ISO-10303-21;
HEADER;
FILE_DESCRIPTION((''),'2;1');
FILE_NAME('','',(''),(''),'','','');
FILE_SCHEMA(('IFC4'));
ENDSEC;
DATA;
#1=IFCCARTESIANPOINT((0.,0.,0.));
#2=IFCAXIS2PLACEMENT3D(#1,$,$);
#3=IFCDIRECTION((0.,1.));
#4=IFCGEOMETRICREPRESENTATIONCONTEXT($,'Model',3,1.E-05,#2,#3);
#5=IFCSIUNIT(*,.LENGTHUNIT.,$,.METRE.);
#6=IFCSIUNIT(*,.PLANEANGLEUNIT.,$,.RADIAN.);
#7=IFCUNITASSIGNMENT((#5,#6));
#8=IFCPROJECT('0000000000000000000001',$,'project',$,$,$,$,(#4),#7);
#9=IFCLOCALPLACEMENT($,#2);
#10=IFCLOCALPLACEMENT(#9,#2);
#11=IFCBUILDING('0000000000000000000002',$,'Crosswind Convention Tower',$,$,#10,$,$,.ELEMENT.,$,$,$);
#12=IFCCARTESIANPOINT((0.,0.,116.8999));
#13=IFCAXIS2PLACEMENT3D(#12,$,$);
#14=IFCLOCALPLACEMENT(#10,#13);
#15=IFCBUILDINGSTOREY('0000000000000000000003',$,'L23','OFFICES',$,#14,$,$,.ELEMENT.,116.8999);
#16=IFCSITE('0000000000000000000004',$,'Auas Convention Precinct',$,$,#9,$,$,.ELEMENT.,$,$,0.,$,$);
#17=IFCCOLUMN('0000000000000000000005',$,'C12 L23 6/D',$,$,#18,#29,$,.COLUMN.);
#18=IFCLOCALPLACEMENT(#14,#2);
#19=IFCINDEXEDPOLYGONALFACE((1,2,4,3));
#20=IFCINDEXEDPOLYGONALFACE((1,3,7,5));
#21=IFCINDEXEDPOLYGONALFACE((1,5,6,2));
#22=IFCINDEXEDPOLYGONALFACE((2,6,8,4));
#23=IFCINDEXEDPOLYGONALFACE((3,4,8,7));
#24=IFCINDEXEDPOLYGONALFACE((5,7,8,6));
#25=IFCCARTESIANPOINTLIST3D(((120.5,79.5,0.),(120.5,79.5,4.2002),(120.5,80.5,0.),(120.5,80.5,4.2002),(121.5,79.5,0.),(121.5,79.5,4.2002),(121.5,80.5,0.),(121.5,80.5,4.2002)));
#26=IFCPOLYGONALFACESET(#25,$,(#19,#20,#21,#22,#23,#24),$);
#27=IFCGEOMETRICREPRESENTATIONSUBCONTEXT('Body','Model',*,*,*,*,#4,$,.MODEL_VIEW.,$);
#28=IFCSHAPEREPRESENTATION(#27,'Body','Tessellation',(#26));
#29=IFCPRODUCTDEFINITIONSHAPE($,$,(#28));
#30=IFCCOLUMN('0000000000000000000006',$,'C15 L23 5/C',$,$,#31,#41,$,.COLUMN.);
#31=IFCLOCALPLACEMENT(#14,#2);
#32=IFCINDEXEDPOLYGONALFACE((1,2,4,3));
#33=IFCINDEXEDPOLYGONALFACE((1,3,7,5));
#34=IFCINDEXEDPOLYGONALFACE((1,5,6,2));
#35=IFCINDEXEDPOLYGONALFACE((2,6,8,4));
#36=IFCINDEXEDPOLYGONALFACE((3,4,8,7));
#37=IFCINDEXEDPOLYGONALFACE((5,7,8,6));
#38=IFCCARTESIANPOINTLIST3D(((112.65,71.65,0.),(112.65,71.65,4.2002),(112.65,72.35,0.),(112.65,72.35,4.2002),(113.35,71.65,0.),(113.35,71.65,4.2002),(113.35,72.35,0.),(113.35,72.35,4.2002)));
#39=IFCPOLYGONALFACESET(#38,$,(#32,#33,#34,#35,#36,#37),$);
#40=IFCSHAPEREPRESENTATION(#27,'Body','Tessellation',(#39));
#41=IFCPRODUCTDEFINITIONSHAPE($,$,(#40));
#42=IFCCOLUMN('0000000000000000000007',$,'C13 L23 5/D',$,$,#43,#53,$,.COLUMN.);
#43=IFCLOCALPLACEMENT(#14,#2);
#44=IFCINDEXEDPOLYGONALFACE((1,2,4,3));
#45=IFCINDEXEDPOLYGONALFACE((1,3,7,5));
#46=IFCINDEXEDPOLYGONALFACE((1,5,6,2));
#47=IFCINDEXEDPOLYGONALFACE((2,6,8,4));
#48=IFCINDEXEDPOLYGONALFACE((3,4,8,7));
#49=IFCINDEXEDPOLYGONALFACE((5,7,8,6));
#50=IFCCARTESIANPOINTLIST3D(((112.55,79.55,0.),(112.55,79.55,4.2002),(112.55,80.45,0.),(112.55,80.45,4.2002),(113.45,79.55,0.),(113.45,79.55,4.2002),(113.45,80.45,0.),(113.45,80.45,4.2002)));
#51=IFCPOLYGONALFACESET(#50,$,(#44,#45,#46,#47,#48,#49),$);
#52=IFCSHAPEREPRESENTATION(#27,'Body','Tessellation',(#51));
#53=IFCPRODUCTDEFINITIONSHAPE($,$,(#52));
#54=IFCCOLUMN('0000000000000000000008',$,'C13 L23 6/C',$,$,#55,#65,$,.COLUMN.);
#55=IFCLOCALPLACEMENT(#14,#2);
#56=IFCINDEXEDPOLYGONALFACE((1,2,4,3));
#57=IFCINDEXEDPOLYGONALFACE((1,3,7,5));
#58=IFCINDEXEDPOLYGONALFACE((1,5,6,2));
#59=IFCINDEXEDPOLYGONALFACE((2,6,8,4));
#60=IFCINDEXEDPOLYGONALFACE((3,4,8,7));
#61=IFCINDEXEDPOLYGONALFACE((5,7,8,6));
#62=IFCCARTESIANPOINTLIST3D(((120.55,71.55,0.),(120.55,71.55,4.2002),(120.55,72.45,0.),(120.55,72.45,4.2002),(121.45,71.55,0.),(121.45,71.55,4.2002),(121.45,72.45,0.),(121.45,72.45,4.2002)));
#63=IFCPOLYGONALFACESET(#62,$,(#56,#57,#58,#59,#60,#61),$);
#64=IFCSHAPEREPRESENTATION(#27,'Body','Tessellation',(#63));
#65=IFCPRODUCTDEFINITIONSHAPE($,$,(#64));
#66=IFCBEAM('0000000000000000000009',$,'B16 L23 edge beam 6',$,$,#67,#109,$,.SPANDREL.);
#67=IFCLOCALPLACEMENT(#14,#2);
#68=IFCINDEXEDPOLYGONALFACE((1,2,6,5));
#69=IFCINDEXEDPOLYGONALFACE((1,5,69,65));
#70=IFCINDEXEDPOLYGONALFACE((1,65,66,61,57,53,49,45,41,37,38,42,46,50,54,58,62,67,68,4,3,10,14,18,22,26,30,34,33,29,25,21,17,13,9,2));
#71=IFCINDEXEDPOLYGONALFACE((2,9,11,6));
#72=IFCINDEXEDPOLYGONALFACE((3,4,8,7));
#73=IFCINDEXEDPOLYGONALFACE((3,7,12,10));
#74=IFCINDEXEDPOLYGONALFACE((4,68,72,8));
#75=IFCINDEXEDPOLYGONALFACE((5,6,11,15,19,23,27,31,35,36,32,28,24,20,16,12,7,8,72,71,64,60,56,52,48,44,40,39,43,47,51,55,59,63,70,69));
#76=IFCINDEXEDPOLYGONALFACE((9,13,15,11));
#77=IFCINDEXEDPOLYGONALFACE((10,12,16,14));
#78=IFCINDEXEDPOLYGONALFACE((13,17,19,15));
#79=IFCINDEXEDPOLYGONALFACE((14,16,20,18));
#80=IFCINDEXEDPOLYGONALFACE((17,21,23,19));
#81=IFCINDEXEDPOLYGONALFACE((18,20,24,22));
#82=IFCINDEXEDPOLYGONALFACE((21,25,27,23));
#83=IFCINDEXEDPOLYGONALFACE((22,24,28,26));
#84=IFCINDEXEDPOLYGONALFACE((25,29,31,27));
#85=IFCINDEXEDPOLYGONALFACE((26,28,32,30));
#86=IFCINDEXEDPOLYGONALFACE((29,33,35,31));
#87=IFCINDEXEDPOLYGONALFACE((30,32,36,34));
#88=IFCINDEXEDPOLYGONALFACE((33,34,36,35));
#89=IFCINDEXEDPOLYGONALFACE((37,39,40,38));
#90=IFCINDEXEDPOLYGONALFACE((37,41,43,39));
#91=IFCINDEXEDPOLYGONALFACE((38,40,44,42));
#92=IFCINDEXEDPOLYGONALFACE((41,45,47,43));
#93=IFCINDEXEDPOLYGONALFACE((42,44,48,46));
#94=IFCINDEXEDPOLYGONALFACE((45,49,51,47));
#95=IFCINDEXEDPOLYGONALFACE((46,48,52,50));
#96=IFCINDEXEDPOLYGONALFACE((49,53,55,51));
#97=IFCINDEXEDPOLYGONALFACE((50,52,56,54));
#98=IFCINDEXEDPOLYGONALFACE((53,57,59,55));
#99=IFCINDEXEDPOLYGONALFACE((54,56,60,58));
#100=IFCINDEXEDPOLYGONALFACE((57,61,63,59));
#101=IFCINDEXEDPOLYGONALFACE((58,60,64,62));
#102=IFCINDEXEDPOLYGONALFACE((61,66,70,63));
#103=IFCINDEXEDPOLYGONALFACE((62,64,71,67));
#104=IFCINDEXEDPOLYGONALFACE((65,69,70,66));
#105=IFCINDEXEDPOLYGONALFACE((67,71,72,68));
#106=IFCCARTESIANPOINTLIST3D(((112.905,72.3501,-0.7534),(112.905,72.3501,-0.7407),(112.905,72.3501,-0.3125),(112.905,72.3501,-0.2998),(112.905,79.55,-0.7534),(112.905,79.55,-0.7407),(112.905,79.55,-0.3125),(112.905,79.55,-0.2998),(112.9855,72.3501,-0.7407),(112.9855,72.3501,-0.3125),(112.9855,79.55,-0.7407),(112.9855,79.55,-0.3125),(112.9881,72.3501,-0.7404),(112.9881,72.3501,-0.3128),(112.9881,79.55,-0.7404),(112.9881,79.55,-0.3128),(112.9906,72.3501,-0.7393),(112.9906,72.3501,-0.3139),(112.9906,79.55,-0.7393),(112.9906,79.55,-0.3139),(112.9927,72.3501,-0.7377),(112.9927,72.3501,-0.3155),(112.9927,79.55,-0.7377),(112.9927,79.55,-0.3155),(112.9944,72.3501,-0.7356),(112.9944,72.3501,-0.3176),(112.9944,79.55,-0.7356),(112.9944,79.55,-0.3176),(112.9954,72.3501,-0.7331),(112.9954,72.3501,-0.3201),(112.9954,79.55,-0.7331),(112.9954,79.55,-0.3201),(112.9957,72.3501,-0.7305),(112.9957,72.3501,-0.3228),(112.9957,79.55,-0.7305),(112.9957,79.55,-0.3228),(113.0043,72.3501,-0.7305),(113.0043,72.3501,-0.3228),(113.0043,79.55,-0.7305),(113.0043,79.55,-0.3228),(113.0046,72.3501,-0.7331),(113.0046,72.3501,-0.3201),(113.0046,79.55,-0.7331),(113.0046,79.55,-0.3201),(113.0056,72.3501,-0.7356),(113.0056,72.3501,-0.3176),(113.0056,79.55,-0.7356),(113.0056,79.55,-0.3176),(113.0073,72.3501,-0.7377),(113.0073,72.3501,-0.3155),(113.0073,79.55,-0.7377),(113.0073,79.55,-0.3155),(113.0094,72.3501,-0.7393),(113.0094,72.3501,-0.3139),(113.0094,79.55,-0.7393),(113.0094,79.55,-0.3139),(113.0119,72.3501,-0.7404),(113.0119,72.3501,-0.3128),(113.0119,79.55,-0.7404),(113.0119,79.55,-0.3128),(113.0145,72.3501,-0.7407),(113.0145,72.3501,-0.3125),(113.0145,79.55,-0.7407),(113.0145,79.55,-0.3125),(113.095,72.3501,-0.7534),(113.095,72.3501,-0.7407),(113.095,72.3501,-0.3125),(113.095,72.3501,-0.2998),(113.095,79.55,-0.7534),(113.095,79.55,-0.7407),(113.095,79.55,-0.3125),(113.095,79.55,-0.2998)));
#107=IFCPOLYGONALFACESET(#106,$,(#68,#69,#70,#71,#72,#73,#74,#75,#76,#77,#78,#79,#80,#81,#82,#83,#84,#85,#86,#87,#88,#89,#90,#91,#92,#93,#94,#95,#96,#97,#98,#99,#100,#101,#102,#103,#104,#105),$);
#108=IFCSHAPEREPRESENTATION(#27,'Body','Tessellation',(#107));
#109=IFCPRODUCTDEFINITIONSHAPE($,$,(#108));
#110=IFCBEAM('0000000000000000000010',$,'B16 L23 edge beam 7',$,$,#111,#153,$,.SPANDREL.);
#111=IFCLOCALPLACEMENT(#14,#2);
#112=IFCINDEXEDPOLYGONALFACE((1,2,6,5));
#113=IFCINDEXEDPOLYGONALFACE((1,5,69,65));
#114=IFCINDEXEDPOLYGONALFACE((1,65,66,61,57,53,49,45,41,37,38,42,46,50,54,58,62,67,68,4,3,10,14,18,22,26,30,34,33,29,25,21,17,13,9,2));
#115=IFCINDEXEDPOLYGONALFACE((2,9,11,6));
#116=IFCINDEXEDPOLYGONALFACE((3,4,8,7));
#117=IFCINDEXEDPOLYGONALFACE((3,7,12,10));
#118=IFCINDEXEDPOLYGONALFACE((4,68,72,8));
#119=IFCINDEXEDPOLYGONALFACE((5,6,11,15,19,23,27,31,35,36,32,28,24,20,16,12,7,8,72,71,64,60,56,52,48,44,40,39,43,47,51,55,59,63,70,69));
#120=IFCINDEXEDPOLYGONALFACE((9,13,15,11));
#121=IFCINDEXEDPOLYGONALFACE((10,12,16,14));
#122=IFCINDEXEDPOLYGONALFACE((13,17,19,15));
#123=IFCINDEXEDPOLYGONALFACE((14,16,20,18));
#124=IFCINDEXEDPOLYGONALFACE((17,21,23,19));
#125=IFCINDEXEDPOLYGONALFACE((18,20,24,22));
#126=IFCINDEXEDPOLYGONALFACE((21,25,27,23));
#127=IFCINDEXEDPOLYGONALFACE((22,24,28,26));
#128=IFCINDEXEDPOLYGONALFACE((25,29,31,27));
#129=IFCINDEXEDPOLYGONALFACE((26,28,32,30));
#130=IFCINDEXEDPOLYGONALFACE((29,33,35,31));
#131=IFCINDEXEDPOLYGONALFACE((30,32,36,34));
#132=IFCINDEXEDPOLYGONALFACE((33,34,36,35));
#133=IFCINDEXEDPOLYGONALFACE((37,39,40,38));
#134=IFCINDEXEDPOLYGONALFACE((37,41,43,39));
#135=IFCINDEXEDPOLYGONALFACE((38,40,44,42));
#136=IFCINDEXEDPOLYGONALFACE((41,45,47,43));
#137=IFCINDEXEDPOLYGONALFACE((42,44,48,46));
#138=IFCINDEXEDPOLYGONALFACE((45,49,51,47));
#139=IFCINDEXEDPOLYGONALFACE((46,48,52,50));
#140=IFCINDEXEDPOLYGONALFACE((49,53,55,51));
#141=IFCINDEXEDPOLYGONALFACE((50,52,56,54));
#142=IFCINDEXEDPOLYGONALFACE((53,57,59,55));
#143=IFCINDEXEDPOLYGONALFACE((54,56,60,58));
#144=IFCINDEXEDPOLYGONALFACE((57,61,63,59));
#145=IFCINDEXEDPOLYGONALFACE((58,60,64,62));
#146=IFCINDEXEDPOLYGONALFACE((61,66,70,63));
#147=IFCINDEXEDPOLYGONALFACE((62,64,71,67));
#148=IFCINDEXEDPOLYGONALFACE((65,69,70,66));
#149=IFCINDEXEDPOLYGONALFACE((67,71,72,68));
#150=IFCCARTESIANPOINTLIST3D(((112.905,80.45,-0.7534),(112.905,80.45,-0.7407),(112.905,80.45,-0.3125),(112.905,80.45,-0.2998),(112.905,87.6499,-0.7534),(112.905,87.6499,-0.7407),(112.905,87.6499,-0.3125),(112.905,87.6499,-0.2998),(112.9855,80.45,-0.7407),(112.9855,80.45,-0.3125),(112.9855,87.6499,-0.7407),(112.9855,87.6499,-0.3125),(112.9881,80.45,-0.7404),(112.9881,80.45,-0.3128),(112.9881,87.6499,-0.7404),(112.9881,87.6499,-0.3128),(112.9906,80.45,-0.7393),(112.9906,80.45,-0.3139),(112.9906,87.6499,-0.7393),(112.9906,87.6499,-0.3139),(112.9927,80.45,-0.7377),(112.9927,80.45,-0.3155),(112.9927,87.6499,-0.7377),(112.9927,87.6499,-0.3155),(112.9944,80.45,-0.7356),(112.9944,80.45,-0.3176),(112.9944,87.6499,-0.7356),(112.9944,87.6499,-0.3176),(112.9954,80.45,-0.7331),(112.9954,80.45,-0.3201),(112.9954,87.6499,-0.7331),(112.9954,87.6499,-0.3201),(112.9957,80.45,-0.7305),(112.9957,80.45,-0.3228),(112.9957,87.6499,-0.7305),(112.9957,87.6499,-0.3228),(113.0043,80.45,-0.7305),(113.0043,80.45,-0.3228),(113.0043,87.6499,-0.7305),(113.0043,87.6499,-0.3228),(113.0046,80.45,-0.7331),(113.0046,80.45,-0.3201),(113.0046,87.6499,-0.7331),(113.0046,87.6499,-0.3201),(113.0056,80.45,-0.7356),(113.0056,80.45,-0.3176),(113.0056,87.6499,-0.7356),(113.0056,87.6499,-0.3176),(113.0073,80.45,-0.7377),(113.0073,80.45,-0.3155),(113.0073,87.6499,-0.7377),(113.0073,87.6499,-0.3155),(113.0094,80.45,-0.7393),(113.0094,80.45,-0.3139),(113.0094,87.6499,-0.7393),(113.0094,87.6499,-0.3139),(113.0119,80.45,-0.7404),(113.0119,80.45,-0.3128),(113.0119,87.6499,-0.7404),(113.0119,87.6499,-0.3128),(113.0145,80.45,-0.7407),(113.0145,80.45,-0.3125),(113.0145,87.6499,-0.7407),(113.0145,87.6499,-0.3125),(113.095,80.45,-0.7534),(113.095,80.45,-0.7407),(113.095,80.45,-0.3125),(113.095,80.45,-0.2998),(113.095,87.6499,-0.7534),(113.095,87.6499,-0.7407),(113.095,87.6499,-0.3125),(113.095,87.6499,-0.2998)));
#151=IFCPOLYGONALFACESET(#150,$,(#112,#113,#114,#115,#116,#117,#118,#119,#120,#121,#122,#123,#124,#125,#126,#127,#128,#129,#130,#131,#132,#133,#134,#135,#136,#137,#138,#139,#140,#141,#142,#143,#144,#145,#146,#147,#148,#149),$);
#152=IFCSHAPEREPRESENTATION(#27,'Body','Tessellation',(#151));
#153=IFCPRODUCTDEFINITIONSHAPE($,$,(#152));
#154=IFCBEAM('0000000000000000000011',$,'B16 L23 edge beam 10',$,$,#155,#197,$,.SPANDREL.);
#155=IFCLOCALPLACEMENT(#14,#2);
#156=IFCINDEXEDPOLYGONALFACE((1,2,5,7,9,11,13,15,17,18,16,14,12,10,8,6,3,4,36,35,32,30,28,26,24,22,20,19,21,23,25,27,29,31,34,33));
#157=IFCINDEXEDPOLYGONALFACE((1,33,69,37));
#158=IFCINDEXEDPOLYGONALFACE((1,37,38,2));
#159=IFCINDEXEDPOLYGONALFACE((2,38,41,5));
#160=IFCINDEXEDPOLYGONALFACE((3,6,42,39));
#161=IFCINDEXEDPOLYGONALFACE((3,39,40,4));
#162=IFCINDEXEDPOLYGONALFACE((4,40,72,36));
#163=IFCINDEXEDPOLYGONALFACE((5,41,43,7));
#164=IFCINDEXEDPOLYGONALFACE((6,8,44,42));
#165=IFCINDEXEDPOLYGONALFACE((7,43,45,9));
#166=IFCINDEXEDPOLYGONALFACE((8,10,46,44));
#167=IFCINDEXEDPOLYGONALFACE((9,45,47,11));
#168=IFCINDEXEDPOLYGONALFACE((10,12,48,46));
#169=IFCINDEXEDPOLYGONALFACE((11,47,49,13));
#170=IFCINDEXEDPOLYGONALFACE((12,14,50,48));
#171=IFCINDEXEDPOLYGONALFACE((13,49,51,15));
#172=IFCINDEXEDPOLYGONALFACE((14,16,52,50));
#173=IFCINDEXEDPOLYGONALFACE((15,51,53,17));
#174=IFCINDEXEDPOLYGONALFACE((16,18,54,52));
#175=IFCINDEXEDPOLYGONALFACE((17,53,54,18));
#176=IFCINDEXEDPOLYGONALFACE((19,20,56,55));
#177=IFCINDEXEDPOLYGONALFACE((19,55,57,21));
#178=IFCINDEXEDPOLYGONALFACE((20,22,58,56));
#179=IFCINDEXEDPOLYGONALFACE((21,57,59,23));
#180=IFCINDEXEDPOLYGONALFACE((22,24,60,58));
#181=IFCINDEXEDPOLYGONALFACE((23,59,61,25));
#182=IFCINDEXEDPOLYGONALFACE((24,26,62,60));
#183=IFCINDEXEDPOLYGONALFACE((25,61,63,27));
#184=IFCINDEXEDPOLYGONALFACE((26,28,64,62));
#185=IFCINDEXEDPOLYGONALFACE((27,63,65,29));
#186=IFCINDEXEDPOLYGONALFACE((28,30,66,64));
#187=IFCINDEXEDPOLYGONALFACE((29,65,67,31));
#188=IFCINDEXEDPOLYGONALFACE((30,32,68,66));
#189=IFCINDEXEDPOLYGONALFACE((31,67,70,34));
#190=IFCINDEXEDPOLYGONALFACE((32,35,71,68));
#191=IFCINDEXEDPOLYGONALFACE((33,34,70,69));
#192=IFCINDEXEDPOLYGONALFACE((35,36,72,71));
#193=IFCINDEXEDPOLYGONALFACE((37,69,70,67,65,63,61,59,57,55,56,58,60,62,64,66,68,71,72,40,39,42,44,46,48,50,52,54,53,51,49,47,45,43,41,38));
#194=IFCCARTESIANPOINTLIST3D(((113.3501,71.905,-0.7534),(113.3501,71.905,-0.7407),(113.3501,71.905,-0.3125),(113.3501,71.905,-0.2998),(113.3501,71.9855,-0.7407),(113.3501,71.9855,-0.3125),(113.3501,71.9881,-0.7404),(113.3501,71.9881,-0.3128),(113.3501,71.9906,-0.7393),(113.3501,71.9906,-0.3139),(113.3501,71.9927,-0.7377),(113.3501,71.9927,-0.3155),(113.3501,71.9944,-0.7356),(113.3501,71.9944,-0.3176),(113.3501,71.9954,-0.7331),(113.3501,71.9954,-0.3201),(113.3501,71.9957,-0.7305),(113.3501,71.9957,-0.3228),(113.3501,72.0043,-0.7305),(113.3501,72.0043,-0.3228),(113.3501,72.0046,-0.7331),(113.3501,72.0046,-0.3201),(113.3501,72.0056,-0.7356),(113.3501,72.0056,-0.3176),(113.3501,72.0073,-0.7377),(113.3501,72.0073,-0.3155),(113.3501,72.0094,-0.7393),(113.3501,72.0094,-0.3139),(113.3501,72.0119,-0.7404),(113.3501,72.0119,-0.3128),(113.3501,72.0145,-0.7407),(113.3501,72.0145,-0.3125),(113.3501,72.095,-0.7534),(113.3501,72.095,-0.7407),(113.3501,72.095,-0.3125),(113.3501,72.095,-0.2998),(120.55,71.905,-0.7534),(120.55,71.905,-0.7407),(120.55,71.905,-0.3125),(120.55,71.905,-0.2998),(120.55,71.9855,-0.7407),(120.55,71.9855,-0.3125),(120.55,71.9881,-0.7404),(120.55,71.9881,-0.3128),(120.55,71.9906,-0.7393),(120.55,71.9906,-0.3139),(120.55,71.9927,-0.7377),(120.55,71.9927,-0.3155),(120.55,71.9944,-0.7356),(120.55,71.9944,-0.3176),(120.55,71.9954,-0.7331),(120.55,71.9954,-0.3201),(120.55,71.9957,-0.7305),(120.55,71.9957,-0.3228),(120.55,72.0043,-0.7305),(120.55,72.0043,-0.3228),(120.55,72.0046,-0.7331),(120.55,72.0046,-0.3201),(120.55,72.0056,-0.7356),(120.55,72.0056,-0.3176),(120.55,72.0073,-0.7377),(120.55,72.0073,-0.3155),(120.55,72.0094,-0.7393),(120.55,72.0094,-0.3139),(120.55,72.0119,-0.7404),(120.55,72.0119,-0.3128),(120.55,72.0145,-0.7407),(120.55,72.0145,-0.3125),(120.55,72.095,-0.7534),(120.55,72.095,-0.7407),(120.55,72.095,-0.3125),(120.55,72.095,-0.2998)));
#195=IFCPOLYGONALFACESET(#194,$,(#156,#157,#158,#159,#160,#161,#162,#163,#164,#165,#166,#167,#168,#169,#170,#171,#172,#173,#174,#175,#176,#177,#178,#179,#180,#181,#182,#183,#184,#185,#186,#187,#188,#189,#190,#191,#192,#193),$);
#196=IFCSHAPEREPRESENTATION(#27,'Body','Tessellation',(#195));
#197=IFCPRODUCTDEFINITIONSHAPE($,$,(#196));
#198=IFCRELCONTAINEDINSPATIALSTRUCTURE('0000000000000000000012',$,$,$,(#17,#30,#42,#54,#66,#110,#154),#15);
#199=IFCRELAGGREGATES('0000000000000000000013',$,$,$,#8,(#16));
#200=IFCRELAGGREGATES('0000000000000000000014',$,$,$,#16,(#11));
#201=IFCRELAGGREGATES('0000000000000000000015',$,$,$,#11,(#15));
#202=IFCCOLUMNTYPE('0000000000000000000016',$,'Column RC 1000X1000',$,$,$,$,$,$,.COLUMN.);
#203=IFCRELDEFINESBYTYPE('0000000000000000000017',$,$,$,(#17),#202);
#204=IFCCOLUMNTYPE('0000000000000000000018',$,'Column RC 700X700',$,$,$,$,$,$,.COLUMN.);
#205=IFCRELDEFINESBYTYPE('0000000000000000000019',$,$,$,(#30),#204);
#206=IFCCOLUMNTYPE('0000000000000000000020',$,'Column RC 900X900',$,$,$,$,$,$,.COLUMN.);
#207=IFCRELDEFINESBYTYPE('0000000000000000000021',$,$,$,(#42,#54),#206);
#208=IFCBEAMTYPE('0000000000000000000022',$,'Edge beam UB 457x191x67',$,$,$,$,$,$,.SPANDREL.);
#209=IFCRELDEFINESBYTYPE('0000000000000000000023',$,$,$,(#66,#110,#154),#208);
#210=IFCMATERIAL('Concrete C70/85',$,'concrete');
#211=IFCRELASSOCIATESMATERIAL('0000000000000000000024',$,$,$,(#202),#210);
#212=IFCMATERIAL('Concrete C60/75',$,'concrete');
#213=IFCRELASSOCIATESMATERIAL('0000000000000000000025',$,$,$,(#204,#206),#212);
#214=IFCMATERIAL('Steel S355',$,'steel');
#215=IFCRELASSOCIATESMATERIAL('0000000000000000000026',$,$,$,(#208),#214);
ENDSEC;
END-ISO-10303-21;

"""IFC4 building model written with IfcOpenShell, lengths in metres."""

from ifc_helpers import new_model, si_unit, direction, frame, origin, origin_2d, place, context, subcontext, project, spatial, rectangle, i_section, extrude, material, material_profile, profile_set, type_object, element, save


model = new_model("IFC4")

# Units and contexts
model_context = context("Model", 3, precision=1e-05, world=origin(), true_north=direction((0.0, 1.0)))
body_context = subcontext(model_context, "Body", "Model", "MODEL_VIEW")
ifc_project = project(units=[si_unit("LENGTHUNIT", "METRE"), si_unit("PLANEANGLEUNIT", "RADIAN")], contexts=[model_context])

# Site, building, storey
site_placement = place(None, origin())
site = spatial("IfcSite", under=ifc_project, at=site_placement, Name="Auas Convention Precinct", CompositionType="ELEMENT", RefElevation=0.0)
building_placement = place(site_placement, origin())
building = spatial("IfcBuilding", under=site, at=building_placement, Name="Crosswind Convention Tower", CompositionType="ELEMENT")
storey_placement = place(building_placement, frame((0.0, 0.0, 116.8999)))
storey = spatial("IfcBuildingStorey", under=building, at=storey_placement, Name="L23", Description="OFFICES", CompositionType="ELEMENT", Elevation=116.8999)

# Columns
ifc_material_1 = material(Name="Concrete C70/85", Category="concrete")
ifc_material_profile_1 = material_profile(ifc_material_1, rectangle(XDim=1.0, YDim=1.0, at=origin_2d()), Name="RC 1000X1000")
ifc_profile_set_1 = profile_set([ifc_material_profile_1], Name="Concrete C70/85")
column_type_1 = type_object("IfcColumnType", Name="Column RC 1000X1000", PredefinedType="COLUMN", material=ifc_profile_set_1)
column_1_placement = place(storey_placement, frame((121.0, 80.0, 0.0), z_axis=(0.0, 0.0, 1.0), x_axis=(1.0, 0.0, 0.0)))
element("IfcColumn", 1, at=column_1_placement, inside=storey, type_object=column_type_1, Name="C12 L23 6/D", PredefinedType="COLUMN", context=body_context, shape_type="SweptSolid", body=[
    extrude(rectangle(XDim=1.0, YDim=1.0, at=origin_2d()), origin(), (0.0, 0.0, 1.0), 4.2002),
])
ifc_material_2 = material(Name="Concrete C60/75", Category="concrete")
ifc_material_profile_2 = material_profile(ifc_material_2, rectangle(XDim=0.7, YDim=0.7, at=origin_2d()), Name="RC 700X700")
ifc_profile_set_2 = profile_set([ifc_material_profile_2], Name="Concrete C60/75")
column_type_2 = type_object("IfcColumnType", Name="Column RC 700X700", PredefinedType="COLUMN", material=ifc_profile_set_2)
column_2_placement = place(storey_placement, frame((113.0, 72.0, 0.0), z_axis=(0.0, 0.0, 1.0), x_axis=(1.0, 0.0, 0.0)))
element("IfcColumn", 2, at=column_2_placement, inside=storey, type_object=column_type_2, Name="C15 L23 5/C", PredefinedType="COLUMN", context=body_context, shape_type="SweptSolid", body=[
    extrude(rectangle(XDim=0.7, YDim=0.7, at=origin_2d()), origin(), (0.0, 0.0, 1.0), 4.2002),
])
ifc_material_profile_3 = material_profile(ifc_material_2, rectangle(XDim=0.8999, YDim=0.8999, at=origin_2d()), Name="RC 900X900")
ifc_profile_set_3 = profile_set([ifc_material_profile_3], Name="Concrete C60/75")
column_type_3 = type_object("IfcColumnType", Name="Column RC 900X900", PredefinedType="COLUMN", material=ifc_profile_set_3)
for number, where, z_axis, x_axis, name in (
    (3, (113.0, 80.0, 0.0), (0.0, 0.0, 1.0), (1.0, 0.0, 0.0), "C13 L23 5/D"),
    (4, (121.0, 72.0, 0.0), (0.0, 0.0, 1.0), (1.0, 0.0, 0.0), "C13 L23 6/C"),
):
    element("IfcColumn", number, at=place(storey_placement, frame(where, z_axis=z_axis, x_axis=x_axis)), inside=storey, type_object=column_type_3, Name=name, PredefinedType="COLUMN", context=body_context, shape_type="SweptSolid", body=[
        extrude(rectangle(XDim=0.8999, YDim=0.8999, at=origin_2d()), origin(), (0.0, 0.0, 1.0), 4.2002),
    ])

# Beams
ifc_material_3 = material(Name="Steel S355", Category="steel")
ifc_material_profile_4 = material_profile(ifc_material_3, i_section(OverallWidth=0.1899, OverallDepth=0.4536, WebThickness=0.0085, FlangeThickness=0.0127, FilletRadius=0.0103, at=origin_2d()), Name="UB 457x191x67")
ifc_profile_set_4 = profile_set([ifc_material_profile_4], Name="Steel S355")
beam_type_1 = type_object("IfcBeamType", Name="Edge beam UB 457x191x67", PredefinedType="SPANDREL", material=ifc_profile_set_4)
for number, where, z_axis, x_axis, name in (
    (5, (113.0, 72.3501, -0.5266), (0.0, 1.0, 0.0), (-1.0, 0.0, 0.0), "B16 L23 edge beam 6"),
    (6, (113.0, 80.45, -0.5266), (0.0, 1.0, 0.0), (-1.0, 0.0, 0.0), "B16 L23 edge beam 7"),
    (7, (113.3501, 72.0, -0.5266), (1.0, 0.0, 0.0), (0.0, 1.0, 0.0), "B16 L23 edge beam 10"),
):
    element("IfcBeam", number, at=place(storey_placement, frame(where, z_axis=z_axis, x_axis=x_axis)), inside=storey, type_object=beam_type_1, Name=name, PredefinedType="SPANDREL", context=body_context, shape_type="SweptSolid", body=[
        extrude(i_section(OverallWidth=0.1899, OverallDepth=0.4536, WebThickness=0.0085, FlangeThickness=0.0127, FilletRadius=0.0103, at=origin_2d()), origin(), (0.0, 0.0, 1.0), 7.2),
    ])

save(model, "model.ifc")
